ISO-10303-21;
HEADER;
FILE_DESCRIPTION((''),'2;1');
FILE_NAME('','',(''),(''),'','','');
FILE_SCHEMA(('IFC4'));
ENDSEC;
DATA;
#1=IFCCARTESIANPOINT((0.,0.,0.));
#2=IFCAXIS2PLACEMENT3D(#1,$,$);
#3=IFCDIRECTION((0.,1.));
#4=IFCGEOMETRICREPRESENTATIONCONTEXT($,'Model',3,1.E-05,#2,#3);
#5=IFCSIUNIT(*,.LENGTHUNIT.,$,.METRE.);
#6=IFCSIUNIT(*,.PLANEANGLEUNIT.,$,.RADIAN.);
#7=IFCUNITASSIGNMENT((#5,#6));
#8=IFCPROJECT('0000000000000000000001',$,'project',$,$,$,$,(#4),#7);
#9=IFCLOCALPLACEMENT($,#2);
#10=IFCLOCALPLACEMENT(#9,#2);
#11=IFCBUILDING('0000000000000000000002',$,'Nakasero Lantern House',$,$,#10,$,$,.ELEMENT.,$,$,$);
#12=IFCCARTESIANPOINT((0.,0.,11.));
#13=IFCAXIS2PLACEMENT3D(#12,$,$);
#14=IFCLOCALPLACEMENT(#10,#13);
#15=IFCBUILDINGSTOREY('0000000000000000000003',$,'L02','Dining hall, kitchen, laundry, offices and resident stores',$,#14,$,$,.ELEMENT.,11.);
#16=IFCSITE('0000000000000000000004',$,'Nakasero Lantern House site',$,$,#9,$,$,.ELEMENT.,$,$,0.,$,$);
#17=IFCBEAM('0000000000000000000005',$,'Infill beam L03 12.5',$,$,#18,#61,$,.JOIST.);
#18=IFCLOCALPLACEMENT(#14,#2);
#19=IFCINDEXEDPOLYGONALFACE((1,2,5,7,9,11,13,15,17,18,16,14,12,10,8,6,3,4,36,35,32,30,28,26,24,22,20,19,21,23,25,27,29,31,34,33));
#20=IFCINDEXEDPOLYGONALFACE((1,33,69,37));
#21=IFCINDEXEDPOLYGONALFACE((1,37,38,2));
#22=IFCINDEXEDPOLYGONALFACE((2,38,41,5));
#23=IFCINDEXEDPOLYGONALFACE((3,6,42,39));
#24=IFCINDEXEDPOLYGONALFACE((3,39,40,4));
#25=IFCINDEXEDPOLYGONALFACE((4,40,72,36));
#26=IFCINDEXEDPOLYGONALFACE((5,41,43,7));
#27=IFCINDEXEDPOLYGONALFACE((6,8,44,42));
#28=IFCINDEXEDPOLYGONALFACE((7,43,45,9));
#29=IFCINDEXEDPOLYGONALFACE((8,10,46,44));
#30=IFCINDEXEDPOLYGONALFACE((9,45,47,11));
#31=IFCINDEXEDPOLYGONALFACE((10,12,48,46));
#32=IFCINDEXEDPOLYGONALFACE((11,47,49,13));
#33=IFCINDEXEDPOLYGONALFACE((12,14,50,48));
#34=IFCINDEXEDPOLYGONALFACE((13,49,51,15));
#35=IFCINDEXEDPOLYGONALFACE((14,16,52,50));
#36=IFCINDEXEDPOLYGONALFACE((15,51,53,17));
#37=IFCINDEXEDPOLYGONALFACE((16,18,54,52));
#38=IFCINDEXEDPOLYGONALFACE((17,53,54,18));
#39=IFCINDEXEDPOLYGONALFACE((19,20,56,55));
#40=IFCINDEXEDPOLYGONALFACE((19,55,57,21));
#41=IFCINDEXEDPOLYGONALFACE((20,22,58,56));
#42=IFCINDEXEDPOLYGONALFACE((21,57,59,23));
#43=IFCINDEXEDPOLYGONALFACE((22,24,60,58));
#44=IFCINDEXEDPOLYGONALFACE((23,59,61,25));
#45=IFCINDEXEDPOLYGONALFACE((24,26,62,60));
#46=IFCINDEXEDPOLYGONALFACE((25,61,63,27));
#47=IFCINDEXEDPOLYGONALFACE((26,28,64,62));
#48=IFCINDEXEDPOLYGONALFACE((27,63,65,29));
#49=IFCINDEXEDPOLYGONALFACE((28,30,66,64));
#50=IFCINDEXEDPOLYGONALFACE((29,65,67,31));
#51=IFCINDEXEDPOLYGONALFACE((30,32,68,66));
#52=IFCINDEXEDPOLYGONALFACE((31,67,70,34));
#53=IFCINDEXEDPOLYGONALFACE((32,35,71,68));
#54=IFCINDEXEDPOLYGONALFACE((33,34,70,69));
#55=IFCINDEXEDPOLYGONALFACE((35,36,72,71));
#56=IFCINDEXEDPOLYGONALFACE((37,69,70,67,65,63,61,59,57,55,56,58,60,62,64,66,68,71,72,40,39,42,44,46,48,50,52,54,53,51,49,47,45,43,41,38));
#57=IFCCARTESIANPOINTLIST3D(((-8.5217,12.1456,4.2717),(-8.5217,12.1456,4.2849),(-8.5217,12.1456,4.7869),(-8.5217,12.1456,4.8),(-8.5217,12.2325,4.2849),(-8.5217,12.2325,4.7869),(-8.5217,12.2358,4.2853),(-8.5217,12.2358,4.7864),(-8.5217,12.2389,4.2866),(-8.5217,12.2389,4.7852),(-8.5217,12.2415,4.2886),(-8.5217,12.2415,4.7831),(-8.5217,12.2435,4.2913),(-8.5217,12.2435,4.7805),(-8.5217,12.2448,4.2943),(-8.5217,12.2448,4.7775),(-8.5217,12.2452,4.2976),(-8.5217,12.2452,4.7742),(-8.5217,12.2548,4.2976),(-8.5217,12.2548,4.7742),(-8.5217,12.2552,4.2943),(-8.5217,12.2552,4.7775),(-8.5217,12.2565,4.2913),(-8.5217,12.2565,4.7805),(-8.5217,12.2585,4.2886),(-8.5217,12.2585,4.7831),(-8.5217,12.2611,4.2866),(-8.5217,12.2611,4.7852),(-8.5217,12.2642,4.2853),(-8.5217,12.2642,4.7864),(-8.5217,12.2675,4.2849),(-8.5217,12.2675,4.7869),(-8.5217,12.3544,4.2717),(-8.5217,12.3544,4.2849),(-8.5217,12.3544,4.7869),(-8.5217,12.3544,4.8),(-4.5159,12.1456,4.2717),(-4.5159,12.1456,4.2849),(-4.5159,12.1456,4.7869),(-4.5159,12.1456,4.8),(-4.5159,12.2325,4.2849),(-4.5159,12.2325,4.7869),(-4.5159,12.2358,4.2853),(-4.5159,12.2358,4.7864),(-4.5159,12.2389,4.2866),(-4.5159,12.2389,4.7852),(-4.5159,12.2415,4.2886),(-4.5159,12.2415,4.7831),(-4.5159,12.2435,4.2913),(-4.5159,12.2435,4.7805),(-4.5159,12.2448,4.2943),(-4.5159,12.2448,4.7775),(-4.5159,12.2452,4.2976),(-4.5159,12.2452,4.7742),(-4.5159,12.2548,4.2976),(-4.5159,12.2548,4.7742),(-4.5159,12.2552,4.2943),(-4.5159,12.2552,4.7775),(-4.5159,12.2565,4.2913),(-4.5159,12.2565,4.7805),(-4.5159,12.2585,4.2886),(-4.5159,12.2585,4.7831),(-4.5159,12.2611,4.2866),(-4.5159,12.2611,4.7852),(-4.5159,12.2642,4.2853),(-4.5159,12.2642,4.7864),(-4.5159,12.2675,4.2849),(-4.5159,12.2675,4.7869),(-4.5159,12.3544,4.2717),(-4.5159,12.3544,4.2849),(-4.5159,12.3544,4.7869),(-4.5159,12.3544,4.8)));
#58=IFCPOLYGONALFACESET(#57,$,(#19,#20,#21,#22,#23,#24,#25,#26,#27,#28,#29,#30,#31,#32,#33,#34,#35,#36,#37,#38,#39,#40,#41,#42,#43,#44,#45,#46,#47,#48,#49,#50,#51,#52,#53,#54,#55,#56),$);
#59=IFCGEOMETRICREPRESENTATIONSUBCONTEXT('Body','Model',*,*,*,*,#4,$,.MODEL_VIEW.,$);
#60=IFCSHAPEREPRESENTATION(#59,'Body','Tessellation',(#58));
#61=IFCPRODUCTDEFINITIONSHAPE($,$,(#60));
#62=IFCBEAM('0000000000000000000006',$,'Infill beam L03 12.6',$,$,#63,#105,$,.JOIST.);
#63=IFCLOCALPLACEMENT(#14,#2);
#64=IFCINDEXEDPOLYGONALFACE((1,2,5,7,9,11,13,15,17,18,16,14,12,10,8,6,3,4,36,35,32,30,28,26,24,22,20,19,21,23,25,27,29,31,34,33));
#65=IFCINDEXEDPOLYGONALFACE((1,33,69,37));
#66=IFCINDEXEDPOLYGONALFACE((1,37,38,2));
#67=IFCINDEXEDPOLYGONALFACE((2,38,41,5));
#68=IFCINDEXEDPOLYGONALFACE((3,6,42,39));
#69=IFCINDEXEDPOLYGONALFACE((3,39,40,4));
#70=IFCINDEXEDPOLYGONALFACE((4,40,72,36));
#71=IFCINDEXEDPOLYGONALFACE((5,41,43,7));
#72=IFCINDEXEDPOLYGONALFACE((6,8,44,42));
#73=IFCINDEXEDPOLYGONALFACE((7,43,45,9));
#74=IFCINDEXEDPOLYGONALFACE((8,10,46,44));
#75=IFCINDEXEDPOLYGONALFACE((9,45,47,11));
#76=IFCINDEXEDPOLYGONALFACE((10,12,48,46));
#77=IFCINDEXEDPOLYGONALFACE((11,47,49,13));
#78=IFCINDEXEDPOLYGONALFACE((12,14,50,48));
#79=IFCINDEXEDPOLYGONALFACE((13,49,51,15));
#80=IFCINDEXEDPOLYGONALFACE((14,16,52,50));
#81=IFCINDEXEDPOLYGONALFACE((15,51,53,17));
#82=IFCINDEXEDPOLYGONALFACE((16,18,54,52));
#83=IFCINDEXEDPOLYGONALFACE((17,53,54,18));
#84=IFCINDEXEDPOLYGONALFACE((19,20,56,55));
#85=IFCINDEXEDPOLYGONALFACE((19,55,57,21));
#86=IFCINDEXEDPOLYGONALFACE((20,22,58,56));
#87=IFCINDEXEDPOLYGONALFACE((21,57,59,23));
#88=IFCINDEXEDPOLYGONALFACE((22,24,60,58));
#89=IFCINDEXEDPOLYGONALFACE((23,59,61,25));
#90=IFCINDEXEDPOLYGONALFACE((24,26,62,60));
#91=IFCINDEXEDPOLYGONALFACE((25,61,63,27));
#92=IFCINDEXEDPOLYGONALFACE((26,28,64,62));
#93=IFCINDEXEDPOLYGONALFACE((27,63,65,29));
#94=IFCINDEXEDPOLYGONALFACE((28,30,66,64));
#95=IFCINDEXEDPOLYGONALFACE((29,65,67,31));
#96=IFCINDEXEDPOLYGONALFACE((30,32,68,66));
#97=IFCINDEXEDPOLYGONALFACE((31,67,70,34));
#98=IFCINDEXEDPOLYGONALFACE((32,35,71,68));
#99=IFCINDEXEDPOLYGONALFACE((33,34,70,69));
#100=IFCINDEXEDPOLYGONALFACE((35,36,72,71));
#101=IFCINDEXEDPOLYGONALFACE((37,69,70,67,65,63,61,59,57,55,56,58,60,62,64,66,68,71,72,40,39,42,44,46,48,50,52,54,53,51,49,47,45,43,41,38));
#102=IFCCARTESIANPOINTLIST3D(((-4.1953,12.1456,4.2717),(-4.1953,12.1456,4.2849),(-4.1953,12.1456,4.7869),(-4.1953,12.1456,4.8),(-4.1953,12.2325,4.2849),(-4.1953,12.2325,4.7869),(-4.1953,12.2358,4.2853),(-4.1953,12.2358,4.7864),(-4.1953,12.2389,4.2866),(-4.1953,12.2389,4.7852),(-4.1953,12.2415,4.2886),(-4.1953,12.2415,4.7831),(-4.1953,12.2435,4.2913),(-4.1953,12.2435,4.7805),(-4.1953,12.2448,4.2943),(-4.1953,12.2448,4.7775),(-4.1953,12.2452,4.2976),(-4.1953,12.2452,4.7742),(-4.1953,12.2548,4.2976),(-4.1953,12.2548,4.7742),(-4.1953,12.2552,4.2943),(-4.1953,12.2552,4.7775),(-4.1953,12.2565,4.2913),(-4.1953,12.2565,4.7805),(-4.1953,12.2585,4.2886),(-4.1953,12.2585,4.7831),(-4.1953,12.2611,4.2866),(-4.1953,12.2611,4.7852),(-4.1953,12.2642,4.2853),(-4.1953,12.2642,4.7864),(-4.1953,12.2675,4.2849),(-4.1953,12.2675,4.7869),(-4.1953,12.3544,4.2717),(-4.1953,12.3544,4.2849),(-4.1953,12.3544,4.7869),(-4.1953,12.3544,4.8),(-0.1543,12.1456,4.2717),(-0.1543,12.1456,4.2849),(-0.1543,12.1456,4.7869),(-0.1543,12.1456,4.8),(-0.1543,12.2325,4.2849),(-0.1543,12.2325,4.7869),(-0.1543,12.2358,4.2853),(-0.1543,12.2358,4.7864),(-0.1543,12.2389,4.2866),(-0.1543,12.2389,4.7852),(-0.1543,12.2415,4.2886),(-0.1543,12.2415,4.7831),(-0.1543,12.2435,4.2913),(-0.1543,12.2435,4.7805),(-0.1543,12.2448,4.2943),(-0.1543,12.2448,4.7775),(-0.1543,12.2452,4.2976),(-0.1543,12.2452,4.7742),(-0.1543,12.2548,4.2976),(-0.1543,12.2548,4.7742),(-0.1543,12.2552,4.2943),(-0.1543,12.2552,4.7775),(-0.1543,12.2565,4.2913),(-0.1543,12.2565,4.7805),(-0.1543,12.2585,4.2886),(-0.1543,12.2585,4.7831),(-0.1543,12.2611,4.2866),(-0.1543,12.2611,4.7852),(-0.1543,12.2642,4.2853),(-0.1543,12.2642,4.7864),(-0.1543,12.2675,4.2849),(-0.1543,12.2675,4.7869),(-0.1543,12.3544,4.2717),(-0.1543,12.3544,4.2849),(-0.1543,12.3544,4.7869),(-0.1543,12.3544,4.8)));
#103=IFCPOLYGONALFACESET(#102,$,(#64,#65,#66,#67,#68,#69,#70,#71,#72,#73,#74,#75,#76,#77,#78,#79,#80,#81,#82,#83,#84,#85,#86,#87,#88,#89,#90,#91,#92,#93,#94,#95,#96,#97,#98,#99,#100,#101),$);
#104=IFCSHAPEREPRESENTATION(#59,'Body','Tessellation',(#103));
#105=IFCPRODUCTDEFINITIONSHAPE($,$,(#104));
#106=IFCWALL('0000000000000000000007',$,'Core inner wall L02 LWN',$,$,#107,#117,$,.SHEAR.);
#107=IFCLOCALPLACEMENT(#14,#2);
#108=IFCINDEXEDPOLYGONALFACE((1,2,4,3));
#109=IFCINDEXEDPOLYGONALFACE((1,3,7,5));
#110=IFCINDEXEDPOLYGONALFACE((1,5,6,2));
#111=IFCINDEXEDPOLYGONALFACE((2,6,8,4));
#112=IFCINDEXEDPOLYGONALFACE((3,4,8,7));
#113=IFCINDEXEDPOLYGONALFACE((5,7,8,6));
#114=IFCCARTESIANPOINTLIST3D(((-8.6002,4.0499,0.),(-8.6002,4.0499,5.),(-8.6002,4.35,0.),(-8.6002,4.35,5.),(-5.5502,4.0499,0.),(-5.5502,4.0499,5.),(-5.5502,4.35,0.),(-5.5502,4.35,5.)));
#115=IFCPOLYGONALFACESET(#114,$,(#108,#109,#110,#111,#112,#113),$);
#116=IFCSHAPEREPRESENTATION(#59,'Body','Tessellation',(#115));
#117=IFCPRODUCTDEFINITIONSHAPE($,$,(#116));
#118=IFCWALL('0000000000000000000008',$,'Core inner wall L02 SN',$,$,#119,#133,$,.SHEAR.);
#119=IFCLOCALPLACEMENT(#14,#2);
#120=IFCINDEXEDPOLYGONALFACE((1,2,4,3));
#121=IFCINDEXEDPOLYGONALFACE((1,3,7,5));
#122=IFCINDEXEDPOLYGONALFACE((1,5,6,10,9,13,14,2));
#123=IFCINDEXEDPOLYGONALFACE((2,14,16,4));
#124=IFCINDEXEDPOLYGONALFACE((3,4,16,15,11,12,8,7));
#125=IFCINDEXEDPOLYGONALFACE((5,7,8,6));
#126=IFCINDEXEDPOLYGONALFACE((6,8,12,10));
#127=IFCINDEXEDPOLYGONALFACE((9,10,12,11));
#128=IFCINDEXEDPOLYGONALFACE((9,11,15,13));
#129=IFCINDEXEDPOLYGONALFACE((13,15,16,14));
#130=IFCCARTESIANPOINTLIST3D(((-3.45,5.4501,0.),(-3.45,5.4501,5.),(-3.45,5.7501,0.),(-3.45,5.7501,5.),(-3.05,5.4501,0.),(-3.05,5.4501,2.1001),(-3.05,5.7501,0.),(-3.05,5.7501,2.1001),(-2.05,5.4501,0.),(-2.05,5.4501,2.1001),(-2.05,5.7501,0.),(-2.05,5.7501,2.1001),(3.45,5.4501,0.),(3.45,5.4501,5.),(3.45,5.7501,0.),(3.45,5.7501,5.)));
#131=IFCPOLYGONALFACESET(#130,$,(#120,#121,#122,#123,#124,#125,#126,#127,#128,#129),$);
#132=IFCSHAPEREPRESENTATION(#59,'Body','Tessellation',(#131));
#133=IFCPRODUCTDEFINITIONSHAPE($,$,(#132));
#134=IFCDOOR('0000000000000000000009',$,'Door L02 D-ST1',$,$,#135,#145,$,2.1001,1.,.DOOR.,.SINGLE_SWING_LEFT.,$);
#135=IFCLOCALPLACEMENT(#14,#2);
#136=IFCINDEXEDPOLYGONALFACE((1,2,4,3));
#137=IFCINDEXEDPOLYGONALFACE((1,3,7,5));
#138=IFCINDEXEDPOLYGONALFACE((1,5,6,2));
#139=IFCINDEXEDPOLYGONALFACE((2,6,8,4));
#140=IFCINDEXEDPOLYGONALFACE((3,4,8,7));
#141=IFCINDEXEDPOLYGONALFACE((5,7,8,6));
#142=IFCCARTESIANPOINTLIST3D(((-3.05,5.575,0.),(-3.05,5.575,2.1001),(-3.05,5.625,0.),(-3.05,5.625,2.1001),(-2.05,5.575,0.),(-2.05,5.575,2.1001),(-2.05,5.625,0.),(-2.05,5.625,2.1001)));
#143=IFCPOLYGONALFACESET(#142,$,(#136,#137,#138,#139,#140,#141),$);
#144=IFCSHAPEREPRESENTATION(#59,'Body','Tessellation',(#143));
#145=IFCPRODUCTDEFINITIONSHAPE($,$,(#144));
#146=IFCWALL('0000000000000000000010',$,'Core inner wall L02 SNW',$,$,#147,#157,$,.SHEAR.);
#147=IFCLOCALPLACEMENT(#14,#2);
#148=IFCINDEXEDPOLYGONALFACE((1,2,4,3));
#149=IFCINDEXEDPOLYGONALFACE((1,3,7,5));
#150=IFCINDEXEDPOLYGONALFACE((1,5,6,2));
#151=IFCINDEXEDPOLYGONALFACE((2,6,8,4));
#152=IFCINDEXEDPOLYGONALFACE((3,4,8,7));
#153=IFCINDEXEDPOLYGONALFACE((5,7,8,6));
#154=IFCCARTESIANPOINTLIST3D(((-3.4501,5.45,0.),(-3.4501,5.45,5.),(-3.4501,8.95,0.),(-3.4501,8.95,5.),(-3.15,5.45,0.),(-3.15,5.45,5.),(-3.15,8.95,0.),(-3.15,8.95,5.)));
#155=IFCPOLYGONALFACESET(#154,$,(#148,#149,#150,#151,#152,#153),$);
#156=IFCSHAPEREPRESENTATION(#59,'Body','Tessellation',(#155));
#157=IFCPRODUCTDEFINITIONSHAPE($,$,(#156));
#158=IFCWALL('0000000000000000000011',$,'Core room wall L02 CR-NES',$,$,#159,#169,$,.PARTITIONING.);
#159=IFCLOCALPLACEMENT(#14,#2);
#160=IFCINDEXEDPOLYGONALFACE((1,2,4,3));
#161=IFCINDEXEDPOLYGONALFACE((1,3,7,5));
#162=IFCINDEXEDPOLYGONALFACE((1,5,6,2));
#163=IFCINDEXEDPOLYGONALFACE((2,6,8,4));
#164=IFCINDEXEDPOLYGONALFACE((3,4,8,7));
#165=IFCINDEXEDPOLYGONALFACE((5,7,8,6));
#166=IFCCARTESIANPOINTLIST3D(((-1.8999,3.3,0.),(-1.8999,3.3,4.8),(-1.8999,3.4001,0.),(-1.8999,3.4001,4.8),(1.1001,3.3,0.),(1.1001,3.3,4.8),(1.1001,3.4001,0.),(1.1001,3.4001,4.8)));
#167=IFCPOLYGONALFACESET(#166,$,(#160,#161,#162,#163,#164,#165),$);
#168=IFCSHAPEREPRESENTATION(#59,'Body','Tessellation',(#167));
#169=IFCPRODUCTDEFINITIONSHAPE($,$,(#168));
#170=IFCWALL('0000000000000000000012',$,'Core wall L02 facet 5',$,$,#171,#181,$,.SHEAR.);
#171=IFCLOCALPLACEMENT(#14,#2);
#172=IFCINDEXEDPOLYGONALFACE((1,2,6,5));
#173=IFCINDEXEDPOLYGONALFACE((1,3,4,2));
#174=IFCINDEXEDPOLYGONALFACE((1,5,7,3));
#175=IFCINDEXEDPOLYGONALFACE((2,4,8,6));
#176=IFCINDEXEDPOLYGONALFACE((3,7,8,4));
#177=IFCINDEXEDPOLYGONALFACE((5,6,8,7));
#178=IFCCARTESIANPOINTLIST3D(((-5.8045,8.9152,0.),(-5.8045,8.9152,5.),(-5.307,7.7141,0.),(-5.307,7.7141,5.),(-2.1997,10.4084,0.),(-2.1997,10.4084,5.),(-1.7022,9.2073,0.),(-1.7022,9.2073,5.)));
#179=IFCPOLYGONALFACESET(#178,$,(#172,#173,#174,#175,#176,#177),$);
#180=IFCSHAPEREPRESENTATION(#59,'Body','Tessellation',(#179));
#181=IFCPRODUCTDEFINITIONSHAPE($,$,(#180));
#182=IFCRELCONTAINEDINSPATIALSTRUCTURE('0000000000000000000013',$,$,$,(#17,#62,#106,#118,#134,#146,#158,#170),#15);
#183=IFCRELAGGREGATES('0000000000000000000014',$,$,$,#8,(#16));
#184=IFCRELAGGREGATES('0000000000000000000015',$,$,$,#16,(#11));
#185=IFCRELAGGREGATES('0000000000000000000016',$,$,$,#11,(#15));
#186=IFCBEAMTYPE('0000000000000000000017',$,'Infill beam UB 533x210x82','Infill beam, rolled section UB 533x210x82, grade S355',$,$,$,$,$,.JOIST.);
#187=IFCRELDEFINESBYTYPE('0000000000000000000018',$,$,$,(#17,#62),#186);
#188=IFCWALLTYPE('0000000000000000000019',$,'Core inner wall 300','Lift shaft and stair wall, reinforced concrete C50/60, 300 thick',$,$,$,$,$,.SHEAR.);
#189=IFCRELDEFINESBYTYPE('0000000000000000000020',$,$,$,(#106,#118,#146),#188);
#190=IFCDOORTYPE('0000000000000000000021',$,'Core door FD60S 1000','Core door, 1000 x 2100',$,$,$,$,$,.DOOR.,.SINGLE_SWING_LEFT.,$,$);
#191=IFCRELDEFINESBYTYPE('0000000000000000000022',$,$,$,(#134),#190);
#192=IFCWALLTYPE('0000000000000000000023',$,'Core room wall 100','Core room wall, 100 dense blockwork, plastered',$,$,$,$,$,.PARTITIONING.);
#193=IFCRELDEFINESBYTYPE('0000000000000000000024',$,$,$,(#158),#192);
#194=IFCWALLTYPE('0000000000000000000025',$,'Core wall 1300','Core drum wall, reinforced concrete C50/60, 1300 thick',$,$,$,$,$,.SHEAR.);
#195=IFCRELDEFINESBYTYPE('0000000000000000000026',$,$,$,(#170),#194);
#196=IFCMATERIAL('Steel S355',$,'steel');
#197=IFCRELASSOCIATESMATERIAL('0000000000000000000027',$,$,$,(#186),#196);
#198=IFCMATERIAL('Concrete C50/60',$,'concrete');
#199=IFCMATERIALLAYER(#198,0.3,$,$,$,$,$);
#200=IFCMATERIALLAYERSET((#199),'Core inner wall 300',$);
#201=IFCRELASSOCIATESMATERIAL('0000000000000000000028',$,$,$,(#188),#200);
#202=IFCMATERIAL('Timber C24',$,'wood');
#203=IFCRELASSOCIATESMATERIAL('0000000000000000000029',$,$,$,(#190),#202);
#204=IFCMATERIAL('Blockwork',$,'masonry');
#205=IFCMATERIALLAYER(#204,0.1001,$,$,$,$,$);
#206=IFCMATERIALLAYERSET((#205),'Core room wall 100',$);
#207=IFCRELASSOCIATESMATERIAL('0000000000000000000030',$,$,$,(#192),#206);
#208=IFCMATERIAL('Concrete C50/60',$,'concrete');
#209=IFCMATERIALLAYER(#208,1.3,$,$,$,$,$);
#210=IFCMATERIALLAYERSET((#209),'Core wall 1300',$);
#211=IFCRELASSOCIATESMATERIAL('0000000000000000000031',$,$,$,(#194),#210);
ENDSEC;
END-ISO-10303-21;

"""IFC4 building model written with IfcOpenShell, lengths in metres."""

from ifc_helpers import new_model, si_unit, direction, frame, frame_2d, origin, origin_2d, place, context, subcontext, project, spatial, rectangle, i_section, extrude, material, layer, layer_set, material_profile, profile_set, type_object, element, fill, save


model = new_model("IFC4")

# Units and contexts
model_context = context("Model", 3, precision=1e-05, world=origin(), true_north=direction((0.0, 1.0)))
body_context = subcontext(model_context, "Body", "Model", "MODEL_VIEW")
ifc_project = project(units=[si_unit("LENGTHUNIT", "METRE"), si_unit("PLANEANGLEUNIT", "RADIAN")], contexts=[model_context])

# Site, building, storey
site_placement = place(None, origin())
site = spatial("IfcSite", under=ifc_project, at=site_placement, Name="Nakasero Lantern House site", CompositionType="ELEMENT", RefElevation=0.0)
building_placement = place(site_placement, origin())
building = spatial("IfcBuilding", under=site, at=building_placement, Name="Nakasero Lantern House", CompositionType="ELEMENT")
storey_placement = place(building_placement, frame((0.0, 0.0, 11.0)))
storey = spatial("IfcBuildingStorey", under=building, at=storey_placement, Name="L02", Description="Dining hall, kitchen, laundry, offices and resident stores", CompositionType="ELEMENT", Elevation=11.0)

# Beams
ifc_material_1 = material(Name="Steel S355", Category="steel")
ifc_material_profile_1 = material_profile(ifc_material_1, i_section(OverallWidth=0.2087, OverallDepth=0.5283, WebThickness=0.0095, FlangeThickness=0.0132, FilletRadius=0.0127, at=origin_2d()), Name="UB 533x210x82")
ifc_profile_set_1 = profile_set([ifc_material_profile_1], Name="Steel S355")
beam_type_1 = type_object("IfcBeamType", Name="Infill beam UB 533x210x82", Description="Infill beam, rolled section UB 533x210x82, grade S355", PredefinedType="JOIST", material=ifc_profile_set_1)
beam_1_placement = place(storey_placement, frame((-8.5217, 12.25, 4.5359), z_axis=(1.0, 0.0, 0.0), x_axis=(0.0, 1.0, 0.0)))
element("IfcBeam", 1, at=beam_1_placement, inside=storey, type_object=beam_type_1, Name="Infill beam L03 12.5", PredefinedType="JOIST", context=body_context, shape_type="SweptSolid", body=[
    extrude(i_section(OverallWidth=0.2087, OverallDepth=0.5283, WebThickness=0.0095, FlangeThickness=0.0132, FilletRadius=0.0127, at=origin_2d()), origin(), (0.0, 0.0, 1.0), 4.0059),
])
beam_2_placement = place(storey_placement, frame((-4.1953, 12.25, 4.5359), z_axis=(1.0, 0.0, 0.0), x_axis=(0.0, 1.0, 0.0)))
element("IfcBeam", 2, at=beam_2_placement, inside=storey, type_object=beam_type_1, Name="Infill beam L03 12.6", PredefinedType="JOIST", context=body_context, shape_type="SweptSolid", body=[
    extrude(i_section(OverallWidth=0.2087, OverallDepth=0.5283, WebThickness=0.0095, FlangeThickness=0.0132, FilletRadius=0.0127, at=origin_2d()), origin(), (0.0, 0.0, 1.0), 4.041),
])

# Wall
ifc_material_2 = material(Name="Concrete C50/60", Category="concrete")
ifc_layer_1 = layer(ifc_material_2, 0.3)
ifc_layer_set_1 = layer_set([ifc_layer_1], Name="Core inner wall 300")
wall_type_1 = type_object("IfcWallType", Name="Core inner wall 300", Description="Lift shaft and stair wall, reinforced concrete C50/60, 300 thick", PredefinedType="SHEAR", material=ifc_layer_set_1)
wall_1_placement = place(storey_placement, frame((-8.6001, 4.2, 0.0), z_axis=(0.0, 0.0, 1.0), x_axis=(1.0, 0.0, 0.0)))
element("IfcWall", 3, at=wall_1_placement, inside=storey, type_object=wall_type_1, Name="Core inner wall L02 LWN", PredefinedType="SHEAR", context=body_context, shape_type="SweptSolid", body=[
    extrude(rectangle(XDim=3.05, YDim=0.3, at=frame_2d((1.5249, 0.0))), origin(), (0.0, 0.0, 1.0), 5.0),
])

# Wall, opening, door
wall_2_placement = place(storey_placement, frame((-3.45, 5.6001, 0.0), z_axis=(0.0, 0.0, 1.0), x_axis=(1.0, 0.0, 0.0)))
wall_2 = element("IfcWall", 4, at=wall_2_placement, inside=storey, type_object=wall_type_1, Name="Core inner wall L02 SN", PredefinedType="SHEAR", context=body_context, shape_type="SweptSolid", body=[
    extrude(rectangle(XDim=6.8999, YDim=0.3, at=frame_2d((3.45, 0.0))), origin(), (0.0, 0.0, 1.0), 5.0),
])
opening_1_placement = place(wall_2_placement, frame((0.3999, 0.0, 0.0)))
opening_1 = element("IfcOpeningElement", 5, at=opening_1_placement, cuts=wall_2, PredefinedType="OPENING", context=body_context, shape_type="SweptSolid", body=[
    extrude(rectangle(XDim=1.0, YDim=2.1001, at=frame_2d((0.5, 1.05))), frame((0.0, 0.1699, 0.0), z_axis=(0.0, -1.0, 0.0), x_axis=(1.0, 0.0, 0.0)), (0.0, 0.0, 1.0), 0.3401),
])
ifc_material_3 = material(Name="Timber C24", Category="wood")
door_type = type_object("IfcDoorType", Name="Core door FD60S 1000", Description="Core door, 1000 x 2100", OperationType="SINGLE_SWING_LEFT", PredefinedType="DOOR", material=ifc_material_3)
door_1_placement = place(opening_1_placement, origin())
door_1 = element("IfcDoor", 6, at=door_1_placement, inside=storey, type_object=door_type, Name="Door L02 D-ST1", OperationType="SINGLE_SWING_LEFT", OverallHeight=2.1001, OverallWidth=1.0, PredefinedType="DOOR", context=body_context, shape_type="SweptSolid", body=[
    extrude(rectangle(XDim=1.0, YDim=2.1001, at=frame_2d((0.5, 1.05))), frame((0.0, 0.0249, 0.0), z_axis=(0.0, -1.0, 0.0), x_axis=(1.0, 0.0, 0.0)), (0.0, 0.0, 1.0), 0.05),
])
fill(opening_1, door_1)

# Walls
wall_3_placement = place(storey_placement, frame((-3.3, 5.45, 0.0), z_axis=(0.0, 0.0, 1.0), x_axis=(0.0, 1.0, 0.0)))
element("IfcWall", 7, at=wall_3_placement, inside=storey, type_object=wall_type_1, Name="Core inner wall L02 SNW", PredefinedType="SHEAR", context=body_context, shape_type="SweptSolid", body=[
    extrude(rectangle(XDim=3.5, YDim=0.3, at=frame_2d((1.75, 0.0))), origin(), (0.0, 0.0, 1.0), 5.0),
])
ifc_material_4 = material(Name="Blockwork", Category="masonry")
ifc_layer_2 = layer(ifc_material_4, 0.1001)
ifc_layer_set_2 = layer_set([ifc_layer_2], Name="Core room wall 100")
wall_type_2 = type_object("IfcWallType", Name="Core room wall 100", Description="Core room wall, 100 dense blockwork, plastered", PredefinedType="PARTITIONING", material=ifc_layer_set_2)
wall_4_placement = place(storey_placement, frame((-1.8999, 3.3501, 0.0), z_axis=(0.0, 0.0, 1.0), x_axis=(1.0, 0.0, 0.0)))
element("IfcWall", 8, at=wall_4_placement, inside=storey, type_object=wall_type_2, Name="Core room wall L02 CR-NES", PredefinedType="PARTITIONING", context=body_context, shape_type="SweptSolid", body=[
    extrude(rectangle(XDim=3.0, YDim=0.1001, at=frame_2d((1.5, 0.0))), origin(), (0.0, 0.0, 1.0), 4.8),
])
ifc_material_5 = material(Name="Concrete C50/60", Category="concrete")
ifc_layer_3 = layer(ifc_material_5, 1.3)
ifc_layer_set_3 = layer_set([ifc_layer_3], Name="Core wall 1300")
wall_type_3 = type_object("IfcWallType", Name="Core wall 1300", Description="Core drum wall, reinforced concrete C50/60, 1300 thick", PredefinedType="SHEAR", material=ifc_layer_set_3)
wall_5_placement = place(storey_placement, frame((-1.9509, 9.8079, 0.0), z_axis=(0.0, 0.0, 1.0), x_axis=(-0.923877, -0.382691, 0.0)))
element("IfcWall", 9, at=wall_5_placement, inside=storey, type_object=wall_type_3, Name="Core wall L02 facet 5", PredefinedType="SHEAR", context=body_context, shape_type="SweptSolid", body=[
    extrude(rectangle(XDim=3.9019, YDim=1.3, at=frame_2d((1.9509, 0.0))), origin(), (0.0, 0.0, 1.0), 5.0),
])

save(model, "model.ifc")
